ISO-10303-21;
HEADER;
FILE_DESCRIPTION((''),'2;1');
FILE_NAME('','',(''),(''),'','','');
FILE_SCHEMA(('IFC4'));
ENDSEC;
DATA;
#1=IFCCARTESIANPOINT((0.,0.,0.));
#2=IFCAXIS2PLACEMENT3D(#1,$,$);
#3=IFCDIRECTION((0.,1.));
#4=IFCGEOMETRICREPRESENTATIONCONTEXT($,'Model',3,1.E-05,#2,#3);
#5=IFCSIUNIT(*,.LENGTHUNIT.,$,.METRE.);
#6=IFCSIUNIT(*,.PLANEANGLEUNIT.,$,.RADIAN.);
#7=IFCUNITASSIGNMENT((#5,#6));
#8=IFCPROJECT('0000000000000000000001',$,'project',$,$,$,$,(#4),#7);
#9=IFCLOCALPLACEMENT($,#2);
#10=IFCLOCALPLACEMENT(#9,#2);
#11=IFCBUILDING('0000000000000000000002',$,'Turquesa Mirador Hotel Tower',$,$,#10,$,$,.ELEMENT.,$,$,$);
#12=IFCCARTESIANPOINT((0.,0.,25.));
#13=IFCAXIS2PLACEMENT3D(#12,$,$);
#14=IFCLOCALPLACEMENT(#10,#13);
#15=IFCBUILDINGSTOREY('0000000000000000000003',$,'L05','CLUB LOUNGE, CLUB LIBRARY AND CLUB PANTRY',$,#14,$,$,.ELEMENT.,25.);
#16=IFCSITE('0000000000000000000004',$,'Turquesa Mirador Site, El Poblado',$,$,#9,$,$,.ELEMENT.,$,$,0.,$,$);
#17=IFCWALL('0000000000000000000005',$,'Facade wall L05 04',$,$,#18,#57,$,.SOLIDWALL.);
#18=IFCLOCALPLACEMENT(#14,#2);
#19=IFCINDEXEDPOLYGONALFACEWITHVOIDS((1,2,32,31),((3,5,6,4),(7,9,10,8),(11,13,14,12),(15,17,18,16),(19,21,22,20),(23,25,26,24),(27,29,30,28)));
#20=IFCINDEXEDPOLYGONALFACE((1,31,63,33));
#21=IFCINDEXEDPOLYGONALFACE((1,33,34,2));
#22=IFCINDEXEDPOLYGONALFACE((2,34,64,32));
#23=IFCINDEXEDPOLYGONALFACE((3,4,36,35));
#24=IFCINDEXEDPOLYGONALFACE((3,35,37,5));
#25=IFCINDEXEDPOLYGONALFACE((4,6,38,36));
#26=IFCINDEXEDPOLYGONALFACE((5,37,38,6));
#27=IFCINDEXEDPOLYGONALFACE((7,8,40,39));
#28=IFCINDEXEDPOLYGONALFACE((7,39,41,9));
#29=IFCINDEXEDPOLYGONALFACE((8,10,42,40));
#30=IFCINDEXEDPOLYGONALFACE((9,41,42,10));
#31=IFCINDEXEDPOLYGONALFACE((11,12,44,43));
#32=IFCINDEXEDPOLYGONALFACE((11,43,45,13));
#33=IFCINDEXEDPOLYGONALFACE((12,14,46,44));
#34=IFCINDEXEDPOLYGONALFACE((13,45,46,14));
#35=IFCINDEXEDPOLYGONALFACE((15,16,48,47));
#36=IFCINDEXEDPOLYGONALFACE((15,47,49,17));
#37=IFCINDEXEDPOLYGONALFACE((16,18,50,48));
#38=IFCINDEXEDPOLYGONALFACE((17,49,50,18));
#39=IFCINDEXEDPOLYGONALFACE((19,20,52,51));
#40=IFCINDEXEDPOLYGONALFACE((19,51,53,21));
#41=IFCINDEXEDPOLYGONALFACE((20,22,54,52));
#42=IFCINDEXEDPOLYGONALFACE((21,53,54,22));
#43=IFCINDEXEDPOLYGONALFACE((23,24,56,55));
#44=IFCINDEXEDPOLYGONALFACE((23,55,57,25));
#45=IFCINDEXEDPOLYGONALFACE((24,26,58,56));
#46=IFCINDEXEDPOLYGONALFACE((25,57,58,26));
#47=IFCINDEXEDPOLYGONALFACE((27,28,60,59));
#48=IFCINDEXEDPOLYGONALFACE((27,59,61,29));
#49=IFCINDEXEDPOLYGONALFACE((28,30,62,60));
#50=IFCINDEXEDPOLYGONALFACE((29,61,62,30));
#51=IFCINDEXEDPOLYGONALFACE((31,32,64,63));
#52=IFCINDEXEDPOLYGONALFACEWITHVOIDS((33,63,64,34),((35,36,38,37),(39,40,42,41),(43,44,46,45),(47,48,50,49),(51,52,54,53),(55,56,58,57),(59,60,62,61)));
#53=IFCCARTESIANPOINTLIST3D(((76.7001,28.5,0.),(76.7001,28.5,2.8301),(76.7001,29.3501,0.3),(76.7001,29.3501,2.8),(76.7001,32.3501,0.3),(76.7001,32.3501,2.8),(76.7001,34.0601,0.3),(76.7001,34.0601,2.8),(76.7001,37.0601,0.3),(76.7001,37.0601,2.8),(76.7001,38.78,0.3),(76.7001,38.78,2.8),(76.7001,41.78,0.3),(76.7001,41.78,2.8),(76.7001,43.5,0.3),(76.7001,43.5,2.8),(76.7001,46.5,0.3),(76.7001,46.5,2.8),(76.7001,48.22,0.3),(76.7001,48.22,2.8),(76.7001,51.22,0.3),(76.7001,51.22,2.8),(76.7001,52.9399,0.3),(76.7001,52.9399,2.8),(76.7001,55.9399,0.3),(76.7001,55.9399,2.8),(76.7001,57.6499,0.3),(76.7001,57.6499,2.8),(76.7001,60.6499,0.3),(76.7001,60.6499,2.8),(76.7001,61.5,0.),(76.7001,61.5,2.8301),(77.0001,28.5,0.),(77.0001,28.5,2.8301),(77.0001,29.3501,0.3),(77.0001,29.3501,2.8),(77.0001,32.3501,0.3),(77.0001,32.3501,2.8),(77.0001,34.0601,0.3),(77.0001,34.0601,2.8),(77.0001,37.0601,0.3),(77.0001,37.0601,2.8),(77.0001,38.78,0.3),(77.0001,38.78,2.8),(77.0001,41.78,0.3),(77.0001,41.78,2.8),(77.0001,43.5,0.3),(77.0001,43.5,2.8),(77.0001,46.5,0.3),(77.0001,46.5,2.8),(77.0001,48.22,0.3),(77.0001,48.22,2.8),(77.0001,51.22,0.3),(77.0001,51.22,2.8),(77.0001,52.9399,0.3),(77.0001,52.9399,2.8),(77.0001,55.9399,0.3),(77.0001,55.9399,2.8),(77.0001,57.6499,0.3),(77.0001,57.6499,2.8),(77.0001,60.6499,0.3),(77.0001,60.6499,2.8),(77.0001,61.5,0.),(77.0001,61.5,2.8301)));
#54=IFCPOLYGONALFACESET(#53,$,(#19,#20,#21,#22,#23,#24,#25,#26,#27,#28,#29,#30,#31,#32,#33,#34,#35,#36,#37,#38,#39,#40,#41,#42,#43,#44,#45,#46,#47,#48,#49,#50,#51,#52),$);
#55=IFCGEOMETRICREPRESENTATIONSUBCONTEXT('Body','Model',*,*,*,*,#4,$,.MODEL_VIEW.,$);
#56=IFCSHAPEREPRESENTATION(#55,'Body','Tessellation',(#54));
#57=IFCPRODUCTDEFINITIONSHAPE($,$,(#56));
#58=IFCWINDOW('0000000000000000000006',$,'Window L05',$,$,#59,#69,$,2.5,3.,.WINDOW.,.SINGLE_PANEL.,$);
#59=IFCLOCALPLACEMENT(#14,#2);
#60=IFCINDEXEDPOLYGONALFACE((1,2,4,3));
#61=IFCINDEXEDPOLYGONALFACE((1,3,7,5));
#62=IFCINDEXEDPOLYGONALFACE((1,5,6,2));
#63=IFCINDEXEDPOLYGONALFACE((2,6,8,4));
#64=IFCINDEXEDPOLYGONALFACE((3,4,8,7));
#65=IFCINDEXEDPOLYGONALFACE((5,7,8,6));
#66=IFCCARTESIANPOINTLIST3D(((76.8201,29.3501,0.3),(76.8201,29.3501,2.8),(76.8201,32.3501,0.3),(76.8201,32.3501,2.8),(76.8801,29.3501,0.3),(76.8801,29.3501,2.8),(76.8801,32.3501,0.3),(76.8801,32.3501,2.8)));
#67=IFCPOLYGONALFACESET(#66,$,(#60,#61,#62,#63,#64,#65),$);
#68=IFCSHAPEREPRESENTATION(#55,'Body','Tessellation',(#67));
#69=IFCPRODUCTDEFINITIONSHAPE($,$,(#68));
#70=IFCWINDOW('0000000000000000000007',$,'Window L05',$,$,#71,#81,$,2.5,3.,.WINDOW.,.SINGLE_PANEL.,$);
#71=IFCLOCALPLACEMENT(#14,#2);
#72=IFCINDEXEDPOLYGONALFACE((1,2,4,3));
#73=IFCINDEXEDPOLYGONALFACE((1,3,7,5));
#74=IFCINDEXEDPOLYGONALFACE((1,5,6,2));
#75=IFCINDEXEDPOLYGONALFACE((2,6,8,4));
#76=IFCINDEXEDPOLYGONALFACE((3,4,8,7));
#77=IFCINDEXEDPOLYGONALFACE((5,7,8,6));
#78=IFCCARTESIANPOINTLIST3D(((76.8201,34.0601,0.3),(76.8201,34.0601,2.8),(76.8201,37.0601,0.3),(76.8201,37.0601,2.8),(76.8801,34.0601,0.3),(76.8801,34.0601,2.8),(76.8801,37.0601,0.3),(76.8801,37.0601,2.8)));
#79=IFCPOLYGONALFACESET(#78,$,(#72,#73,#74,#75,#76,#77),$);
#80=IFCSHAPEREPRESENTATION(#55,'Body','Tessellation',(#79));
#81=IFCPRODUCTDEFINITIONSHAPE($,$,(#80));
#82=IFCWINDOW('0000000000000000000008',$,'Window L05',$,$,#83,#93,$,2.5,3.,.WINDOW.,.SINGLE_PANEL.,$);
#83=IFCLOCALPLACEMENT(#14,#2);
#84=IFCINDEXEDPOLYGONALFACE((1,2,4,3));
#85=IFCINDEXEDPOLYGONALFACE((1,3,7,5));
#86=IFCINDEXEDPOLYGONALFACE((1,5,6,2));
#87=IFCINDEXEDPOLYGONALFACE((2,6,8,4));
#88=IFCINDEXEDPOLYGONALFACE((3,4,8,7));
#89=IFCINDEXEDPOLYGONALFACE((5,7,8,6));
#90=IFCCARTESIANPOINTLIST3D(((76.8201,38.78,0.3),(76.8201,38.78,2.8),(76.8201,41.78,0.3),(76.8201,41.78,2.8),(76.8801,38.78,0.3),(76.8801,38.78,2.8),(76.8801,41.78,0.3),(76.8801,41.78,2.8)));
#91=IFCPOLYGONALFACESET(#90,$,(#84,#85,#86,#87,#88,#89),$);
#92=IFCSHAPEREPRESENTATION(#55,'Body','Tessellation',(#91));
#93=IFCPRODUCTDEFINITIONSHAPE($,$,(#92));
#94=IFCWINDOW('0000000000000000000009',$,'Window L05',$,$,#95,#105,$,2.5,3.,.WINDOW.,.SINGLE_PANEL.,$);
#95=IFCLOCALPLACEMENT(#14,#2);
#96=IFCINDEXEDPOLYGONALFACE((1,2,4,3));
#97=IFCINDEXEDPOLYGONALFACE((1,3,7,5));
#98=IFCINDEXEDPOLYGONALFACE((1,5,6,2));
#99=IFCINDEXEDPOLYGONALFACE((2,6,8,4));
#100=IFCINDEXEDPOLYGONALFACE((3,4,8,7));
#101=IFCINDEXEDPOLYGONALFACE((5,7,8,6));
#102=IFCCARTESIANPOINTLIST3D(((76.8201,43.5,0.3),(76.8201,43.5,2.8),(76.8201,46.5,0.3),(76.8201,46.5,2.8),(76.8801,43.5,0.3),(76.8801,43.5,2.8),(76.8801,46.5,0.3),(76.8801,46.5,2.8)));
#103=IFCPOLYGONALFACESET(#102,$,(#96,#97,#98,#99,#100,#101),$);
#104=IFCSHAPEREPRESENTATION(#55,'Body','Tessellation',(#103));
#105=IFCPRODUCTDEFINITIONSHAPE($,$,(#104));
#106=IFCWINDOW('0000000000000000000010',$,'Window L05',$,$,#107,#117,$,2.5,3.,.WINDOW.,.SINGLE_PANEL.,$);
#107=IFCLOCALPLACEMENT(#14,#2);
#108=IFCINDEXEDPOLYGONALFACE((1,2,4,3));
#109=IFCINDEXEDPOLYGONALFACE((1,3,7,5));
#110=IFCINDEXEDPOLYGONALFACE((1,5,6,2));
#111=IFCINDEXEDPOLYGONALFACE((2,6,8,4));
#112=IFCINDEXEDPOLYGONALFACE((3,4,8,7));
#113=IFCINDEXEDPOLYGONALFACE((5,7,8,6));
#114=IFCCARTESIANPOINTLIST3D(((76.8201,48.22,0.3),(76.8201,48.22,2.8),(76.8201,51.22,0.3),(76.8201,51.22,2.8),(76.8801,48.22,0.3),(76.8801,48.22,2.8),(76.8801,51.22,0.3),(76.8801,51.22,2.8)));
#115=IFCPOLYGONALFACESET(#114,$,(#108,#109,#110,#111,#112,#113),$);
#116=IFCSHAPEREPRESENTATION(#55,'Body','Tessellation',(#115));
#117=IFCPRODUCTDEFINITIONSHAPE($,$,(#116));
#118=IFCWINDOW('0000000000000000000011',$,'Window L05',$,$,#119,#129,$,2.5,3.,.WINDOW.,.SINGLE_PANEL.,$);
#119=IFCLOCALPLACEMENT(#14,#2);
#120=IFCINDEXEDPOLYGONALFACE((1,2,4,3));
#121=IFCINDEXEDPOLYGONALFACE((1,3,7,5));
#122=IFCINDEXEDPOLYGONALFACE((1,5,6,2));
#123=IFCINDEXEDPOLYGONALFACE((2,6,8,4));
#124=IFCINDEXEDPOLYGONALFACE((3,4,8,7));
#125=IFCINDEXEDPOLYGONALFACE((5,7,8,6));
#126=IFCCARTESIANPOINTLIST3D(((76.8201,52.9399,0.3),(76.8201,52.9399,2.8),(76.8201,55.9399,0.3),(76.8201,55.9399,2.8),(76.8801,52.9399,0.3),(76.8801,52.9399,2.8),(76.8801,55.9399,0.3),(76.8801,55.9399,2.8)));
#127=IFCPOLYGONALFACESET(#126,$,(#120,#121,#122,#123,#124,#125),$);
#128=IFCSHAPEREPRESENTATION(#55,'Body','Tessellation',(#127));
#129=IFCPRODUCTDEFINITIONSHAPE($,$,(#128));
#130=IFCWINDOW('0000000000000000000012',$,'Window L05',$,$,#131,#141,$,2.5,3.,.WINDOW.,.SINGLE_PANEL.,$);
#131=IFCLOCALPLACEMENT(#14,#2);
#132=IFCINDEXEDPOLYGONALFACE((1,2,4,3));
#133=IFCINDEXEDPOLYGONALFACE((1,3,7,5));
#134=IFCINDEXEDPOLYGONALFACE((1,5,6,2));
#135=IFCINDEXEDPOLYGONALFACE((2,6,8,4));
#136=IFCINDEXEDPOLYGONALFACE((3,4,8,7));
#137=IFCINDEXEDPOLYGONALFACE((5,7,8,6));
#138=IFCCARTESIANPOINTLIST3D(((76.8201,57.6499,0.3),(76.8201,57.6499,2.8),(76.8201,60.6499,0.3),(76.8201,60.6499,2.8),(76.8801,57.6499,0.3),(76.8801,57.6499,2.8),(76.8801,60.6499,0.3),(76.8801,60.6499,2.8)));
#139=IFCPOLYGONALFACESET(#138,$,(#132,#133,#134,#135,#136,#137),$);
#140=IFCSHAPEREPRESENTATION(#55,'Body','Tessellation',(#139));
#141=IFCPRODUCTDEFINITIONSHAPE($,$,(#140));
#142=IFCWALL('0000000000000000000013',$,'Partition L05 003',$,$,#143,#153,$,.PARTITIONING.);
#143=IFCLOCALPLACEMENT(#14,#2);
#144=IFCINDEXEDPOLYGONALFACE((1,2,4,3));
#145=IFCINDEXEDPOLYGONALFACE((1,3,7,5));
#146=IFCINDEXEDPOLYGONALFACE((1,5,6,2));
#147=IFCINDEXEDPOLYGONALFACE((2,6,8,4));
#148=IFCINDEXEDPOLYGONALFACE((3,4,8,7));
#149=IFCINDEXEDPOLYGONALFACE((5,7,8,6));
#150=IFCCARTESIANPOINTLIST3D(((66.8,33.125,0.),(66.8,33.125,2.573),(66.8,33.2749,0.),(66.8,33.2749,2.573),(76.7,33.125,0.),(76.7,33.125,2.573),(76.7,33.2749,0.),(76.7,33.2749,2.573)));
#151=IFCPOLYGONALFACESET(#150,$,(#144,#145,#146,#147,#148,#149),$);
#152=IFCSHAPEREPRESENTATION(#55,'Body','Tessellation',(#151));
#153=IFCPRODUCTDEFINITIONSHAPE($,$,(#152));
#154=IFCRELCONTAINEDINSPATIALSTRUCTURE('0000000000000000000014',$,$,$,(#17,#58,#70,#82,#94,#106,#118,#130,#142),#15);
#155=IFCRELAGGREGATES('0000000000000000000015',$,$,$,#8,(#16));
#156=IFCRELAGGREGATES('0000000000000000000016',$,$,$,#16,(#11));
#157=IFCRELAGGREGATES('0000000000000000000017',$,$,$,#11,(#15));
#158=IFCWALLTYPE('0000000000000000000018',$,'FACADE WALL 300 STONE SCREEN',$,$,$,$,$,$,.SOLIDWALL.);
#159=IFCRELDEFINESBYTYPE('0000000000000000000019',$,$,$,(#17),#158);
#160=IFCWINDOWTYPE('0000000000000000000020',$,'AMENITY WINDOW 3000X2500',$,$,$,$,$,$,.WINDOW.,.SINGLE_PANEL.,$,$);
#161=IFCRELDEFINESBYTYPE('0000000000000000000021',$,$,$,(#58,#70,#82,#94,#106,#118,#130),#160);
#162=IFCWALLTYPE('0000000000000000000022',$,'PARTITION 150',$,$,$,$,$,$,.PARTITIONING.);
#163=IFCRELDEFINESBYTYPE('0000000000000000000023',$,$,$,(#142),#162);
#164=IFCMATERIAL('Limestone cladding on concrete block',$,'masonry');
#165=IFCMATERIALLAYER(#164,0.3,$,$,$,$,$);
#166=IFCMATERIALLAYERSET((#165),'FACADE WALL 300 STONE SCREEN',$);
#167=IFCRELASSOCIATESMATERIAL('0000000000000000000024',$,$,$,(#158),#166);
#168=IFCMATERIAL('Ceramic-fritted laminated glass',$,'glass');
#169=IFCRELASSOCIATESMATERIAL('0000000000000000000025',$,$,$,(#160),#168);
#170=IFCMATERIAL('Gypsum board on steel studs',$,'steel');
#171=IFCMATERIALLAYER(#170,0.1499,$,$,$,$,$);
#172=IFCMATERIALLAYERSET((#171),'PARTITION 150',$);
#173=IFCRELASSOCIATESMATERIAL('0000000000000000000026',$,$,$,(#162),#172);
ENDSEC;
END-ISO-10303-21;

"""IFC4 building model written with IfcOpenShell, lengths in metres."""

from ifc_helpers import new_model, si_unit, direction, frame, frame_2d, origin, place, context, subcontext, project, spatial, rectangle, extrude, material, layer, layer_set, type_object, element, fill, save


model = new_model("IFC4")

# Units and contexts
model_context = context("Model", 3, precision=1e-05, world=origin(), true_north=direction((0.0, 1.0)))
body_context = subcontext(model_context, "Body", "Model", "MODEL_VIEW")
ifc_project = project(units=[si_unit("LENGTHUNIT", "METRE"), si_unit("PLANEANGLEUNIT", "RADIAN")], contexts=[model_context])

# Site, building, storey
site_placement = place(None, origin())
site = spatial("IfcSite", under=ifc_project, at=site_placement, Name="Turquesa Mirador Site, El Poblado", CompositionType="ELEMENT", RefElevation=0.0)
building_placement = place(site_placement, origin())
building = spatial("IfcBuilding", under=site, at=building_placement, Name="Turquesa Mirador Hotel Tower", CompositionType="ELEMENT")
storey_placement = place(building_placement, frame((0.0, 0.0, 25.0)))
storey = spatial("IfcBuildingStorey", under=building, at=storey_placement, Name="L05", Description="CLUB LOUNGE, CLUB LIBRARY AND CLUB PANTRY", CompositionType="ELEMENT", Elevation=25.0)

# Shared definitions
ifc_material_1 = material(Name="Limestone cladding on concrete block", Category="masonry")
ifc_layer_1 = layer(ifc_material_1, 0.3)
ifc_layer_set_1 = layer_set([ifc_layer_1], Name="FACADE WALL 300 STONE SCREEN")
wall_type_1 = type_object("IfcWallType", Name="FACADE WALL 300 STONE SCREEN", PredefinedType="SOLIDWALL", material=ifc_layer_set_1)

# Wall, openings, windows
wall_1_placement = place(storey_placement, frame((76.8501, 28.5, 0.0), z_axis=(0.0, 0.0, 1.0), x_axis=(0.0, 1.0, 0.0)))
wall_1 = element("IfcWall", 1, at=wall_1_placement, inside=storey, type_object=wall_type_1, Name="Facade wall L05 04", PredefinedType="SOLIDWALL", context=body_context, shape_type="SweptSolid", body=[
    extrude(rectangle(XDim=33.0, YDim=0.3, at=frame_2d((16.5, 0.0))), origin(), (0.0, 0.0, 1.0), 2.8301),
])
opening_1_placement = place(wall_1_placement, frame((0.8501, 0.0, 0.3)))
opening_1 = element("IfcOpeningElement", 2, at=opening_1_placement, cuts=wall_1, PredefinedType="OPENING", context=body_context, shape_type="SweptSolid", body=[
    extrude(rectangle(XDim=3.0, YDim=2.5, at=frame_2d((1.5, 1.25))), frame((0.0, 0.1599, 0.0), z_axis=(0.0, -1.0, 0.0), x_axis=(1.0, 0.0, 0.0)), (0.0, 0.0, 1.0), 0.3201),
])
opening_2_placement = place(wall_1_placement, frame((5.5601, 0.0, 0.3)))
opening_2 = element("IfcOpeningElement", 3, at=opening_2_placement, cuts=wall_1, PredefinedType="OPENING", context=body_context, shape_type="SweptSolid", body=[
    extrude(rectangle(XDim=3.0, YDim=2.5, at=frame_2d((1.5, 1.25))), frame((0.0, 0.1599, 0.0), z_axis=(0.0, -1.0, 0.0), x_axis=(1.0, 0.0, 0.0)), (0.0, 0.0, 1.0), 0.3201),
])
opening_3_placement = place(wall_1_placement, frame((10.28, 0.0, 0.3)))
opening_3 = element("IfcOpeningElement", 4, at=opening_3_placement, cuts=wall_1, PredefinedType="OPENING", context=body_context, shape_type="SweptSolid", body=[
    extrude(rectangle(XDim=3.0, YDim=2.5, at=frame_2d((1.5, 1.25))), frame((0.0, 0.1599, 0.0), z_axis=(0.0, -1.0, 0.0), x_axis=(1.0, 0.0, 0.0)), (0.0, 0.0, 1.0), 0.3201),
])
opening_4_placement = place(wall_1_placement, frame((15.0, 0.0, 0.3)))
opening_4 = element("IfcOpeningElement", 5, at=opening_4_placement, cuts=wall_1, PredefinedType="OPENING", context=body_context, shape_type="SweptSolid", body=[
    extrude(rectangle(XDim=3.0, YDim=2.5, at=frame_2d((1.5, 1.25))), frame((0.0, 0.1599, 0.0), z_axis=(0.0, -1.0, 0.0), x_axis=(1.0, 0.0, 0.0)), (0.0, 0.0, 1.0), 0.3201),
])
opening_5_placement = place(wall_1_placement, frame((19.72, 0.0, 0.3)))
opening_5 = element("IfcOpeningElement", 6, at=opening_5_placement, cuts=wall_1, PredefinedType="OPENING", context=body_context, shape_type="SweptSolid", body=[
    extrude(rectangle(XDim=3.0, YDim=2.5, at=frame_2d((1.5, 1.25))), frame((0.0, 0.1599, 0.0), z_axis=(0.0, -1.0, 0.0), x_axis=(1.0, 0.0, 0.0)), (0.0, 0.0, 1.0), 0.3201),
])
opening_6_placement = place(wall_1_placement, frame((24.4399, 0.0, 0.3)))
opening_6 = element("IfcOpeningElement", 7, at=opening_6_placement, cuts=wall_1, PredefinedType="OPENING", context=body_context, shape_type="SweptSolid", body=[
    extrude(rectangle(XDim=3.0, YDim=2.5, at=frame_2d((1.5, 1.25))), frame((0.0, 0.1599, 0.0), z_axis=(0.0, -1.0, 0.0), x_axis=(1.0, 0.0, 0.0)), (0.0, 0.0, 1.0), 0.3201),
])
opening_7_placement = place(wall_1_placement, frame((29.1499, 0.0, 0.3)))
opening_7 = element("IfcOpeningElement", 8, at=opening_7_placement, cuts=wall_1, PredefinedType="OPENING", context=body_context, shape_type="SweptSolid", body=[
    extrude(rectangle(XDim=3.0, YDim=2.5, at=frame_2d((1.5, 1.25))), frame((0.0, 0.1599, 0.0), z_axis=(0.0, -1.0, 0.0), x_axis=(1.0, 0.0, 0.0)), (0.0, 0.0, 1.0), 0.3201),
])
ifc_material_2 = material(Name="Ceramic-fritted laminated glass", Category="glass")
window_type_1 = type_object("IfcWindowType", Name="AMENITY WINDOW 3000X2500", PartitioningType="SINGLE_PANEL", PredefinedType="WINDOW", material=ifc_material_2)
window_1_placement = place(opening_1_placement, origin())
window_1 = element("IfcWindow", 9, at=window_1_placement, inside=storey, type_object=window_type_1, Name="Window L05", OverallHeight=2.5, OverallWidth=3.0, PartitioningType="SINGLE_PANEL", PredefinedType="WINDOW", context=body_context, shape_type="SweptSolid", body=[
    extrude(rectangle(XDim=3.0, YDim=2.5, at=frame_2d((1.5, 1.25))), frame((0.0, 0.03, 0.0), z_axis=(0.0, -1.0, 0.0), x_axis=(1.0, 0.0, 0.0)), (0.0, 0.0, 1.0), 0.0601),
])
fill(opening_1, window_1)
window_2_placement = place(opening_2_placement, origin())
window_2 = element("IfcWindow", 10, at=window_2_placement, inside=storey, type_object=window_type_1, Name="Window L05", OverallHeight=2.5, OverallWidth=3.0, PartitioningType="SINGLE_PANEL", PredefinedType="WINDOW", context=body_context, shape_type="SweptSolid", body=[
    extrude(rectangle(XDim=3.0, YDim=2.5, at=frame_2d((1.5, 1.25))), frame((0.0, 0.03, 0.0), z_axis=(0.0, -1.0, 0.0), x_axis=(1.0, 0.0, 0.0)), (0.0, 0.0, 1.0), 0.0601),
])
fill(opening_2, window_2)
window_3_placement = place(opening_3_placement, origin())
window_3 = element("IfcWindow", 11, at=window_3_placement, inside=storey, type_object=window_type_1, Name="Window L05", OverallHeight=2.5, OverallWidth=3.0, PartitioningType="SINGLE_PANEL", PredefinedType="WINDOW", context=body_context, shape_type="SweptSolid", body=[
    extrude(rectangle(XDim=3.0, YDim=2.5, at=frame_2d((1.5, 1.25))), frame((0.0, 0.03, 0.0), z_axis=(0.0, -1.0, 0.0), x_axis=(1.0, 0.0, 0.0)), (0.0, 0.0, 1.0), 0.0601),
])
fill(opening_3, window_3)
window_4_placement = place(opening_4_placement, origin())
window_4 = element("IfcWindow", 12, at=window_4_placement, inside=storey, type_object=window_type_1, Name="Window L05", OverallHeight=2.5, OverallWidth=3.0, PartitioningType="SINGLE_PANEL", PredefinedType="WINDOW", context=body_context, shape_type="SweptSolid", body=[
    extrude(rectangle(XDim=3.0, YDim=2.5, at=frame_2d((1.5, 1.25))), frame((0.0, 0.03, 0.0), z_axis=(0.0, -1.0, 0.0), x_axis=(1.0, 0.0, 0.0)), (0.0, 0.0, 1.0), 0.0601),
])
fill(opening_4, window_4)
window_5_placement = place(opening_5_placement, origin())
window_5 = element("IfcWindow", 13, at=window_5_placement, inside=storey, type_object=window_type_1, Name="Window L05", OverallHeight=2.5, OverallWidth=3.0, PartitioningType="SINGLE_PANEL", PredefinedType="WINDOW", context=body_context, shape_type="SweptSolid", body=[
    extrude(rectangle(XDim=3.0, YDim=2.5, at=frame_2d((1.5, 1.25))), frame((0.0, 0.03, 0.0), z_axis=(0.0, -1.0, 0.0), x_axis=(1.0, 0.0, 0.0)), (0.0, 0.0, 1.0), 0.0601),
])
fill(opening_5, window_5)
window_6_placement = place(opening_6_placement, origin())
window_6 = element("IfcWindow", 14, at=window_6_placement, inside=storey, type_object=window_type_1, Name="Window L05", OverallHeight=2.5, OverallWidth=3.0, PartitioningType="SINGLE_PANEL", PredefinedType="WINDOW", context=body_context, shape_type="SweptSolid", body=[
    extrude(rectangle(XDim=3.0, YDim=2.5, at=frame_2d((1.5, 1.25))), frame((0.0, 0.03, 0.0), z_axis=(0.0, -1.0, 0.0), x_axis=(1.0, 0.0, 0.0)), (0.0, 0.0, 1.0), 0.0601),
])
fill(opening_6, window_6)
window_7_placement = place(opening_7_placement, origin())
window_7 = element("IfcWindow", 15, at=window_7_placement, inside=storey, type_object=window_type_1, Name="Window L05", OverallHeight=2.5, OverallWidth=3.0, PartitioningType="SINGLE_PANEL", PredefinedType="WINDOW", context=body_context, shape_type="SweptSolid", body=[
    extrude(rectangle(XDim=3.0, YDim=2.5, at=frame_2d((1.5, 1.25))), frame((0.0, 0.03, 0.0), z_axis=(0.0, -1.0, 0.0), x_axis=(1.0, 0.0, 0.0)), (0.0, 0.0, 1.0), 0.0601),
])
fill(opening_7, window_7)

# Wall
ifc_material_3 = material(Name="Gypsum board on steel studs", Category="steel")
ifc_layer_2 = layer(ifc_material_3, 0.1499)
ifc_layer_set_2 = layer_set([ifc_layer_2], Name="PARTITION 150")
wall_type_2 = type_object("IfcWallType", Name="PARTITION 150", PredefinedType="PARTITIONING", material=ifc_layer_set_2)
wall_2_placement = place(storey_placement, frame((66.8, 33.2, 0.0), z_axis=(0.0, 0.0, 1.0), x_axis=(1.0, 0.0, 0.0)))
element("IfcWall", 16, at=wall_2_placement, inside=storey, type_object=wall_type_2, Name="Partition L05 003", PredefinedType="PARTITIONING", context=body_context, shape_type="SweptSolid", body=[
    extrude(rectangle(XDim=9.8999, YDim=0.1499, at=frame_2d((4.95, 0.0))), origin(), (0.0, 0.0, 1.0), 2.573),
])

save(model, "model.ifc")
